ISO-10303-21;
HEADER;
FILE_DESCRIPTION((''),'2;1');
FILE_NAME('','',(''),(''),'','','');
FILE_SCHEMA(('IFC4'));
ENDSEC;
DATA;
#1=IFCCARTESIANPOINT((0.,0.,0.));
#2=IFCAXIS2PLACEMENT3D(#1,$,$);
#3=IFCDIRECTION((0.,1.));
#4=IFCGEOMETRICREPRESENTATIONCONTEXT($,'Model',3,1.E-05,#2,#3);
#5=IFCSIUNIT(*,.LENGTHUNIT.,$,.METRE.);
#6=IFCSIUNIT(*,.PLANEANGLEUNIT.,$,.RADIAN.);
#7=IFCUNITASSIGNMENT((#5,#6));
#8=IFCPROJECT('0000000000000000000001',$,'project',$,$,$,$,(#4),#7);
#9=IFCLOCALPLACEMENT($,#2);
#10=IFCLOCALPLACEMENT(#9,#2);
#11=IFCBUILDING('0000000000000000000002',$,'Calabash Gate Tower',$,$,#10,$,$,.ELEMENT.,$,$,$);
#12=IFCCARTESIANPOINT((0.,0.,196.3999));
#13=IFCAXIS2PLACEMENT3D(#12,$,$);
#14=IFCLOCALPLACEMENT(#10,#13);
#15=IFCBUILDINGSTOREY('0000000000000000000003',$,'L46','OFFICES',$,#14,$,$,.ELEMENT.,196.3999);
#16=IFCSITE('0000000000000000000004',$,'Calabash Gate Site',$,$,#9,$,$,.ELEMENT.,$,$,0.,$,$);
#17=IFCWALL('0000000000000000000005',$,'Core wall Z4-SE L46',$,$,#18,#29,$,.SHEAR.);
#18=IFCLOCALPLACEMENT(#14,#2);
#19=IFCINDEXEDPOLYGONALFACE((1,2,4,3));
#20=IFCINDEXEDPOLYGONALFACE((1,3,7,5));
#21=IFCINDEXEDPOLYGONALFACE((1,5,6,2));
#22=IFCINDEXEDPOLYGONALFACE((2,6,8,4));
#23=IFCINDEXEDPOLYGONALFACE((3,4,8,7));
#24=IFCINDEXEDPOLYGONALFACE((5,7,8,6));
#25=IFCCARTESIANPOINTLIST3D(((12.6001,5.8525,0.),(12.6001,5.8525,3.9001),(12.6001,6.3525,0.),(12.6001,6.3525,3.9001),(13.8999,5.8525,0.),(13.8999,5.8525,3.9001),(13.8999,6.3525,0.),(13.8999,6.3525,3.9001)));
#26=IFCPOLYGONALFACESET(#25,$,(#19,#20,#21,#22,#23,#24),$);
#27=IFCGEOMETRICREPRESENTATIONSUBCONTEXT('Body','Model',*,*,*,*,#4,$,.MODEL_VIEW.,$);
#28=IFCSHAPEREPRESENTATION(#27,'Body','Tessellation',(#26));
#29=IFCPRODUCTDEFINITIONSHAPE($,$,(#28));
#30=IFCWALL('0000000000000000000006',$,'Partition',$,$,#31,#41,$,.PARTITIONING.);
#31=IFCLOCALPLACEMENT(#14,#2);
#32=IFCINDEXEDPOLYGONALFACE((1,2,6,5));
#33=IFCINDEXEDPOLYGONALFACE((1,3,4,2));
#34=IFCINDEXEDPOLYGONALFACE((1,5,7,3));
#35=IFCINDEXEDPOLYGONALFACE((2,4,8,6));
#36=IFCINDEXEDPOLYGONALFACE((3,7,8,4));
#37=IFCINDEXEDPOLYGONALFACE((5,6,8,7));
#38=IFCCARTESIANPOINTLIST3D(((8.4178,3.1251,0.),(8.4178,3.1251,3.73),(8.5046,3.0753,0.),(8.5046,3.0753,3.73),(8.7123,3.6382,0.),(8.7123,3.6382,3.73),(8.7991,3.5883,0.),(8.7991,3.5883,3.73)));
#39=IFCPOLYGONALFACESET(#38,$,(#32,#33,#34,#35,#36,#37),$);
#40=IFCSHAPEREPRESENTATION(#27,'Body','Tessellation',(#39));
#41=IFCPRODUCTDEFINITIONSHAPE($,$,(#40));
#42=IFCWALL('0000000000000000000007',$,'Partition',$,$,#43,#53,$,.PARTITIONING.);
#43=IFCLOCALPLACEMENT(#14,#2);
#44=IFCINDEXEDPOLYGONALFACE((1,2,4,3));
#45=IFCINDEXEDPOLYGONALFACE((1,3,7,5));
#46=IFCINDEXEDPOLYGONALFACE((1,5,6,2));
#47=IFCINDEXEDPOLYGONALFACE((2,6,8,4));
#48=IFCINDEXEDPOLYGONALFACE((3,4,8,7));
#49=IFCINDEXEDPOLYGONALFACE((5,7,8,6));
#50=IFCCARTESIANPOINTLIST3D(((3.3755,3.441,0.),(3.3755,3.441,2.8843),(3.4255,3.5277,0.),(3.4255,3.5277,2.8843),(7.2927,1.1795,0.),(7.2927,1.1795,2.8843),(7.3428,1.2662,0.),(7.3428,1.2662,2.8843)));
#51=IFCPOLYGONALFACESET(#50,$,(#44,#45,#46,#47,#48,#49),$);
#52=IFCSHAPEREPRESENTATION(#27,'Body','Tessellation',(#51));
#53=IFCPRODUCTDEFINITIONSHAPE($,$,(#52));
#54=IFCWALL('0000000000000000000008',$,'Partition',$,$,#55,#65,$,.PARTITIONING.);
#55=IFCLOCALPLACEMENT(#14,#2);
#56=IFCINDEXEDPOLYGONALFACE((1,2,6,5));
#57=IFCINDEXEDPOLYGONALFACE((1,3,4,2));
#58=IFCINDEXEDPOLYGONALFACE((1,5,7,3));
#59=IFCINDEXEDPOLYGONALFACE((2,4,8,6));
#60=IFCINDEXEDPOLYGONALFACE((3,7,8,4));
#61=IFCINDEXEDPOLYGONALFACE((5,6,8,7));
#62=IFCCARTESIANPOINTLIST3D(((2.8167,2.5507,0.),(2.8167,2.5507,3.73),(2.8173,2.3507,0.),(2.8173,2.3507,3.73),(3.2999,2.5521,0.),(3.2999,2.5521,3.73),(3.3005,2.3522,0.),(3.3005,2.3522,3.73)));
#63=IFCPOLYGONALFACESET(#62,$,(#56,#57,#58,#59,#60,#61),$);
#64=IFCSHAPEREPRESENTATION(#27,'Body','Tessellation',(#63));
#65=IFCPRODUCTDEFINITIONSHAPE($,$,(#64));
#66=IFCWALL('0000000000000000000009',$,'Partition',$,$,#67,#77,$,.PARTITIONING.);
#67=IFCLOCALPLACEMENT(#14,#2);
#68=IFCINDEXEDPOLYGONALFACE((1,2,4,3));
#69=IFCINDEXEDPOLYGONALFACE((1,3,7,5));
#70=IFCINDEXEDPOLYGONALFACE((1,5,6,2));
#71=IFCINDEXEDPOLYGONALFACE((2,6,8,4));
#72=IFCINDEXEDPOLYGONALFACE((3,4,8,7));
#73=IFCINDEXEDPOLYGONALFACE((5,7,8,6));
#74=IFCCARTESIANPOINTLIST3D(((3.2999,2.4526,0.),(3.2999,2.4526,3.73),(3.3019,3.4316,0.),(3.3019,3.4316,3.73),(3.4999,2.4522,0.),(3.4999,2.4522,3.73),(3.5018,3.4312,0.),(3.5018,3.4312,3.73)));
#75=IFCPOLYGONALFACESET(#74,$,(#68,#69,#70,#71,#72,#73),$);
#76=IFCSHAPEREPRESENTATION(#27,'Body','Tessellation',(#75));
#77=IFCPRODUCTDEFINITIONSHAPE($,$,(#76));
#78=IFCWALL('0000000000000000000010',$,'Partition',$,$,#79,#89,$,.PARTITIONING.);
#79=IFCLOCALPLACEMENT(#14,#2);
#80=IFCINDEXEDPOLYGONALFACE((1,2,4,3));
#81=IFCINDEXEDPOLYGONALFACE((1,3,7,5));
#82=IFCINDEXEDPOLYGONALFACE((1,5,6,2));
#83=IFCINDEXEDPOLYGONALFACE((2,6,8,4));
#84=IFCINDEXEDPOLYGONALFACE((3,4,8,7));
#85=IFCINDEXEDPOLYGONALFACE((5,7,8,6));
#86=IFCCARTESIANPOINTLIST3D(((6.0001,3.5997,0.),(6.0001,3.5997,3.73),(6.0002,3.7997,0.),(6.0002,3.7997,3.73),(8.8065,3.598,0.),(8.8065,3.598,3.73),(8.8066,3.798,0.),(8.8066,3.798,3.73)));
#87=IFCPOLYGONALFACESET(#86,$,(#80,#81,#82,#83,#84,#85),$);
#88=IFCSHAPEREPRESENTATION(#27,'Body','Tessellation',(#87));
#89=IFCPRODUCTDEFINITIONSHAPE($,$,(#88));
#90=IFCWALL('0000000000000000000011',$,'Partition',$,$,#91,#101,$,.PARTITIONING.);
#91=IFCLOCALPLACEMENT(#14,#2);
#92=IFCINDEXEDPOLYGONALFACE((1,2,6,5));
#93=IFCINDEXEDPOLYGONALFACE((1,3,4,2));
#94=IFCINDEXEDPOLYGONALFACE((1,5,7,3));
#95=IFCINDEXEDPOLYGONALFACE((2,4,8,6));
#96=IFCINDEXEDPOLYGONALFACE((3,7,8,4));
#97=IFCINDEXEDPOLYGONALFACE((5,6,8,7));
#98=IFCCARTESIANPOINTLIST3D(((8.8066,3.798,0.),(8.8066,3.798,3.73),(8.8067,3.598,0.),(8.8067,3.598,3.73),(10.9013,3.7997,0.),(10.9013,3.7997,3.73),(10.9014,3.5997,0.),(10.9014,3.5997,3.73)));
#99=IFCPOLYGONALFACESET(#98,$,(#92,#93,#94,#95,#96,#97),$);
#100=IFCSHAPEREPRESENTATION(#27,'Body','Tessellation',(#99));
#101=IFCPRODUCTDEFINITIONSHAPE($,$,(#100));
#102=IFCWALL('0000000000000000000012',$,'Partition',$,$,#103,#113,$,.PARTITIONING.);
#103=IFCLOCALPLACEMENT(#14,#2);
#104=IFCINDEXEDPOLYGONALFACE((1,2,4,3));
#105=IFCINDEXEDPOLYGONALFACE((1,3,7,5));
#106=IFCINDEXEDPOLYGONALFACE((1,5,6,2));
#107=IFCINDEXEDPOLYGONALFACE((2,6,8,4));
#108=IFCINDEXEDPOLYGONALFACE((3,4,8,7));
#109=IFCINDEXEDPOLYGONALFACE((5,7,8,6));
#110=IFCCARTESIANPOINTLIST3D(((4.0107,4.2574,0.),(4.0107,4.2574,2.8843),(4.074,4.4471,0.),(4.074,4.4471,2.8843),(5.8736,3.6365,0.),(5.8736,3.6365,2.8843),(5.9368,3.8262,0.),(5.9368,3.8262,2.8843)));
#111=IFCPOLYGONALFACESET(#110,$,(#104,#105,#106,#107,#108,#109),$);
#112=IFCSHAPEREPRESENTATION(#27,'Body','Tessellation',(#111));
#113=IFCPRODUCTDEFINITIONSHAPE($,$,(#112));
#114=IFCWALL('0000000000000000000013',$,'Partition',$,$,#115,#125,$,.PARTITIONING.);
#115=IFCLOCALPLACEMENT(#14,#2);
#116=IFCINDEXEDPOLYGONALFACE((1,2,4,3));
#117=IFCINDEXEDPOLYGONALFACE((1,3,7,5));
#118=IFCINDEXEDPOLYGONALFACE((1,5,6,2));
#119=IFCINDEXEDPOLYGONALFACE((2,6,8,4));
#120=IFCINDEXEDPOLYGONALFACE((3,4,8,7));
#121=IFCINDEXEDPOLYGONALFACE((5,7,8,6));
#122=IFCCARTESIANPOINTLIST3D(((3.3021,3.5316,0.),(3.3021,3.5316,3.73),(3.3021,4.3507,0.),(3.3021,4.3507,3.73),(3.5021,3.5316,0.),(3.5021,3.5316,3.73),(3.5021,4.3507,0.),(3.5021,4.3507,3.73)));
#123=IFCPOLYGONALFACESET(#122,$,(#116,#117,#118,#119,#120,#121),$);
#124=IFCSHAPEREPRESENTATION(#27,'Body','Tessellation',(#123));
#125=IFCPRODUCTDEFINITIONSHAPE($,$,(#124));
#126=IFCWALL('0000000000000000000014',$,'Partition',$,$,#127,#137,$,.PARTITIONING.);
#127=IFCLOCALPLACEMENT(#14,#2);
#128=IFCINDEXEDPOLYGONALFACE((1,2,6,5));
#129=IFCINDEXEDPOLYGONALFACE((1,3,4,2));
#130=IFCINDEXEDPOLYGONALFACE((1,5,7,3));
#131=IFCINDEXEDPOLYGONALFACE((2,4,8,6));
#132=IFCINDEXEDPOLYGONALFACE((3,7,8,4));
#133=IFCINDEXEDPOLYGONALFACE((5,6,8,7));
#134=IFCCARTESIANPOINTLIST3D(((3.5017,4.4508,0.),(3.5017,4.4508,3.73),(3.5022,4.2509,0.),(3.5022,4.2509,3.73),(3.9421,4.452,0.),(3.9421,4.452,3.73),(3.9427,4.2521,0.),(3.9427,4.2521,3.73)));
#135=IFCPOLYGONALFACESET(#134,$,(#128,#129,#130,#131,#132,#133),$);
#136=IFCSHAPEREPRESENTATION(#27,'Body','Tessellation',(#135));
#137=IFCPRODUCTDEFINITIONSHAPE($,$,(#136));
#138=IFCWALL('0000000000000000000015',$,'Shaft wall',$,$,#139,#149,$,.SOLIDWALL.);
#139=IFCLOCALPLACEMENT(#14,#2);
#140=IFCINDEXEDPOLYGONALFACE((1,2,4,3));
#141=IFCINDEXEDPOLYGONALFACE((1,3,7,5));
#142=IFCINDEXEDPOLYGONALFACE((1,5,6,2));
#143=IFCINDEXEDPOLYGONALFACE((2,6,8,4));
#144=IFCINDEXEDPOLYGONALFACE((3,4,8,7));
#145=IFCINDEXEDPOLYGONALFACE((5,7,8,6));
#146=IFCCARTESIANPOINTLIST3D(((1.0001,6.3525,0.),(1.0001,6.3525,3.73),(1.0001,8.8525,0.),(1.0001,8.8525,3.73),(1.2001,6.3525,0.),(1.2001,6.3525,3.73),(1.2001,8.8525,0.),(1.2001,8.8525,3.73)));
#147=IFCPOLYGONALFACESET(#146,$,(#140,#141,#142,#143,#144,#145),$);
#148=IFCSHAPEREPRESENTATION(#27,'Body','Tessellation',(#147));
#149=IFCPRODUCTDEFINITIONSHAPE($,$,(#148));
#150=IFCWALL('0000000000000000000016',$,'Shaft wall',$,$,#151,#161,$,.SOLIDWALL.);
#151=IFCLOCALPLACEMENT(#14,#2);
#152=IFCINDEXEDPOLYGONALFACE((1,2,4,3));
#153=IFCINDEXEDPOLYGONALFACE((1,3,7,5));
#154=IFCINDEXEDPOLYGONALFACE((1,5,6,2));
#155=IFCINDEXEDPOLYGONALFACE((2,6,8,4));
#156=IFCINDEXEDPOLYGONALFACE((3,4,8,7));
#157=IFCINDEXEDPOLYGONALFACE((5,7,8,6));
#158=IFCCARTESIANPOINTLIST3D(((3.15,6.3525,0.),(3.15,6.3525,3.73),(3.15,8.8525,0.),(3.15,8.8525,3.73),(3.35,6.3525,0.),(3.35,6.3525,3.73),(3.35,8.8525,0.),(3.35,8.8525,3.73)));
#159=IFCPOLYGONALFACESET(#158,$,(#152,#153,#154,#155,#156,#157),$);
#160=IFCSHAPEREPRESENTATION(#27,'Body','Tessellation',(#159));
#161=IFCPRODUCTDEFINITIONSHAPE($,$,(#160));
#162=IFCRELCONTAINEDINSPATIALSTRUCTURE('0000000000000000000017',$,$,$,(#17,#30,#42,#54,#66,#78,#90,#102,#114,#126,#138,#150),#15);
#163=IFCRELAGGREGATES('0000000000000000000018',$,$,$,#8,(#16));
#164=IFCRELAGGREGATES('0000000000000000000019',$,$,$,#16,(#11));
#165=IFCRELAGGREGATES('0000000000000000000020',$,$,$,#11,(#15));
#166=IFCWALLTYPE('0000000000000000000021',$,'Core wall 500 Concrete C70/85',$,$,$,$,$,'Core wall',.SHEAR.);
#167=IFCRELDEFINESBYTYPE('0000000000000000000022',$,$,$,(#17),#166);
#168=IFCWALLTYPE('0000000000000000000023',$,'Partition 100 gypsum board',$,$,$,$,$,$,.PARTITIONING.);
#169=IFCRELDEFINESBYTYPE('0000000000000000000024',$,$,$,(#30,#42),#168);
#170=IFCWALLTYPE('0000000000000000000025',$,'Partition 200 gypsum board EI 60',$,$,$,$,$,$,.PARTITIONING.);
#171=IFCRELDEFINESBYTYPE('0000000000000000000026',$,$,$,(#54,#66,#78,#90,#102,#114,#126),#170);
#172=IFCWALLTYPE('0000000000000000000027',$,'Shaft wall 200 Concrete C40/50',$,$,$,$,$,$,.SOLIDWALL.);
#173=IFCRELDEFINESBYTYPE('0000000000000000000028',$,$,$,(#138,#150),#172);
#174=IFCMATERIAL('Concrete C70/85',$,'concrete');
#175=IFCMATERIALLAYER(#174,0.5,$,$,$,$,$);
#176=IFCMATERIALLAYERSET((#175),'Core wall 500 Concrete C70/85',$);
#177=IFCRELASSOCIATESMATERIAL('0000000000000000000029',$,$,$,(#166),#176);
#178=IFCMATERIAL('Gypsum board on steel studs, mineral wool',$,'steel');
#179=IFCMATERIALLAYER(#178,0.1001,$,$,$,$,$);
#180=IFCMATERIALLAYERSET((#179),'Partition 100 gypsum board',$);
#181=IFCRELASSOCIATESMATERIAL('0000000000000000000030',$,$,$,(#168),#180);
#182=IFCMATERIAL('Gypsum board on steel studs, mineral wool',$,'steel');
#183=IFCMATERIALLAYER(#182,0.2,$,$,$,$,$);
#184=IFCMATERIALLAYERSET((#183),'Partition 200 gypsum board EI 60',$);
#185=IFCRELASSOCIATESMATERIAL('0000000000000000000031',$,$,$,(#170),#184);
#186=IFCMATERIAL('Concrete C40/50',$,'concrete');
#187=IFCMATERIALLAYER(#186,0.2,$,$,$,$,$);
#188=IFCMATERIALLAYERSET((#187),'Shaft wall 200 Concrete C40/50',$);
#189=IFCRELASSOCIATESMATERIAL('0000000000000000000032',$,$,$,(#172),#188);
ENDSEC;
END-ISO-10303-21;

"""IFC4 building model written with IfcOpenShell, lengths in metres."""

from ifc_helpers import new_model, si_unit, direction, frame, frame_2d, origin, place, context, subcontext, project, spatial, rectangle, extrude, material, layer, layer_set, type_object, element, save


model = new_model("IFC4")

# Units and contexts
model_context = context("Model", 3, precision=1e-05, world=origin(), true_north=direction((0.0, 1.0)))
body_context = subcontext(model_context, "Body", "Model", "MODEL_VIEW")
ifc_project = project(units=[si_unit("LENGTHUNIT", "METRE"), si_unit("PLANEANGLEUNIT", "RADIAN")], contexts=[model_context])

# Site, building, storey
site_placement = place(None, origin())
site = spatial("IfcSite", under=ifc_project, at=site_placement, Name="Calabash Gate Site", CompositionType="ELEMENT", RefElevation=0.0)
building_placement = place(site_placement, origin())
building = spatial("IfcBuilding", under=site, at=building_placement, Name="Calabash Gate Tower", CompositionType="ELEMENT")
storey_placement = place(building_placement, frame((0.0, 0.0, 196.3999)))
storey = spatial("IfcBuildingStorey", under=building, at=storey_placement, Name="L46", Description="OFFICES", CompositionType="ELEMENT", Elevation=196.3999)

# Shared definitions
ifc_material_1 = material(Name="Concrete C70/85", Category="concrete")
ifc_layer_1 = layer(ifc_material_1, 0.5)
ifc_layer_set_1 = layer_set([ifc_layer_1], Name="Core wall 500 Concrete C70/85")
wall_type_1 = type_object("IfcWallType", Name="Core wall 500 Concrete C70/85", ElementType="Core wall", PredefinedType="SHEAR", material=ifc_layer_set_1)

# Walls
wall_1_placement = place(storey_placement, frame((12.6001, 6.1025, 0.0), z_axis=(0.0, 0.0, 1.0), x_axis=(1.0, 0.0, 0.0)))
element("IfcWall", 1, at=wall_1_placement, inside=storey, type_object=wall_type_1, Name="Core wall Z4-SE L46", PredefinedType="SHEAR", context=body_context, shape_type="SweptSolid", body=[
    extrude(rectangle(XDim=1.2998, YDim=0.5, at=frame_2d((0.6499, 0.0))), origin(), (0.0, 0.0, 1.0), 3.9001),
])
ifc_material_2 = material(Name="Gypsum board on steel studs, mineral wool", Category="steel")
ifc_layer_2 = layer(ifc_material_2, 0.1001)
ifc_layer_set_2 = layer_set([ifc_layer_2], Name="Partition 100 gypsum board")
wall_type_2 = type_object("IfcWallType", Name="Partition 100 gypsum board", PredefinedType="PARTITIONING", material=ifc_layer_set_2)
wall_2_placement = place(storey_placement, frame((8.4612, 3.1001, 0.0), z_axis=(0.0, 0.0, 1.0), x_axis=(0.497827, 0.867276, 0.0)))
element("IfcWall", 2, at=wall_2_placement, inside=storey, type_object=wall_type_2, Name="Partition", PredefinedType="PARTITIONING", context=body_context, shape_type="SweptSolid", body=[
    extrude(rectangle(XDim=0.5916, YDim=0.1001, at=frame_2d((0.2959, 0.0))), origin(), (0.0, 0.0, 1.0), 3.73),
])
wall_3_placement = place(storey_placement, frame((3.4004, 3.4844, 0.0), z_axis=(0.0, 0.0, 1.0), x_axis=(0.866039, -0.499976, 0.0)))
element("IfcWall", 3, at=wall_3_placement, inside=storey, type_object=wall_type_2, Name="Partition", PredefinedType="PARTITIONING", context=body_context, shape_type="SweptSolid", body=[
    extrude(rectangle(XDim=4.5232, YDim=0.1001, at=frame_2d((2.2617, 0.0))), origin(), (0.0, 0.0, 1.0), 2.8843),
])
ifc_material_3 = material(Name="Gypsum board on steel studs, mineral wool", Category="steel")
ifc_layer_3 = layer(ifc_material_3, 0.2)
ifc_layer_set_3 = layer_set([ifc_layer_3], Name="Partition 200 gypsum board EI 60")
wall_type_3 = type_object("IfcWallType", Name="Partition 200 gypsum board EI 60", PredefinedType="PARTITIONING", material=ifc_layer_set_3)
wall_4_placement = place(storey_placement, frame((2.8169, 2.4507, 0.0), z_axis=(0.0, 0.0, 1.0), x_axis=(0.999995, 0.003032, 0.0)))
element("IfcWall", 4, at=wall_4_placement, inside=storey, type_object=wall_type_3, Name="Partition", PredefinedType="PARTITIONING", context=body_context, shape_type="SweptSolid", body=[
    extrude(rectangle(XDim=0.4832, YDim=0.2, at=frame_2d((0.2417, 0.0))), origin(), (0.0, 0.0, 1.0), 3.73),
])
wall_5_placement = place(storey_placement, frame((3.3999, 2.4524, 0.0), z_axis=(0.0, 0.0, 1.0), x_axis=(0.001995, 0.999998, 0.0)))
element("IfcWall", 5, at=wall_5_placement, inside=storey, type_object=wall_type_3, Name="Partition", PredefinedType="PARTITIONING", context=body_context, shape_type="SweptSolid", body=[
    extrude(rectangle(XDim=0.979, YDim=0.2, at=frame_2d((0.4895, 0.0))), origin(), (0.0, 0.0, 1.0), 3.73),
])
wall_6_placement = place(storey_placement, frame((6.0, 3.6997, 0.0), z_axis=(0.0, 0.0, 1.0), x_axis=(1.0, -0.000609, 0.0)))
element("IfcWall", 6, at=wall_6_placement, inside=storey, type_object=wall_type_3, Name="Partition", PredefinedType="PARTITIONING", context=body_context, shape_type="SweptSolid", body=[
    extrude(rectangle(XDim=2.8064, YDim=0.2, at=frame_2d((1.4033, 0.0))), origin(), (0.0, 0.0, 1.0), 3.73),
])
wall_7_placement = place(storey_placement, frame((8.8066, 3.698, 0.0), z_axis=(0.0, 0.0, 1.0), x_axis=(1.0, 0.000816, 0.0)))
element("IfcWall", 7, at=wall_7_placement, inside=storey, type_object=wall_type_3, Name="Partition", PredefinedType="PARTITIONING", context=body_context, shape_type="SweptSolid", body=[
    extrude(rectangle(XDim=2.0947, YDim=0.2, at=frame_2d((1.0474, 0.0))), origin(), (0.0, 0.0, 1.0), 3.73),
])
wall_8_placement = place(storey_placement, frame((4.0422, 4.3523, 0.0), z_axis=(0.0, 0.0, 1.0), x_axis=(0.948696, -0.31619, 0.0)))
element("IfcWall", 8, at=wall_8_placement, inside=storey, type_object=wall_type_3, Name="Partition", PredefinedType="PARTITIONING", context=body_context, shape_type="SweptSolid", body=[
    extrude(rectangle(XDim=1.9636, YDim=0.2, at=frame_2d((0.9819, 0.0))), origin(), (0.0, 0.0, 1.0), 2.8843),
])
wall_9_placement = place(storey_placement, frame((3.4021, 3.5315, 0.0), z_axis=(0.0, 0.0, 1.0), x_axis=(0.0, 1.0, 0.0)))
element("IfcWall", 9, at=wall_9_placement, inside=storey, type_object=wall_type_3, Name="Partition", PredefinedType="PARTITIONING", context=body_context, shape_type="SweptSolid", body=[
    extrude(rectangle(XDim=0.8191, YDim=0.2, at=frame_2d((0.4097, 0.0))), origin(), (0.0, 0.0, 1.0), 3.73),
])
wall_10_placement = place(storey_placement, frame((3.502, 4.3508, 0.0), z_axis=(0.0, 0.0, 1.0), x_axis=(0.999996, 0.002772, 0.0)))
element("IfcWall", 10, at=wall_10_placement, inside=storey, type_object=wall_type_3, Name="Partition", PredefinedType="PARTITIONING", context=body_context, shape_type="SweptSolid", body=[
    extrude(rectangle(XDim=0.4404, YDim=0.2, at=frame_2d((0.2202, 0.0))), origin(), (0.0, 0.0, 1.0), 3.73),
])
ifc_material_4 = material(Name="Concrete C40/50", Category="concrete")
ifc_layer_4 = layer(ifc_material_4, 0.2)
ifc_layer_set_4 = layer_set([ifc_layer_4], Name="Shaft wall 200 Concrete C40/50")
wall_type_4 = type_object("IfcWallType", Name="Shaft wall 200 Concrete C40/50", PredefinedType="SOLIDWALL", material=ifc_layer_set_4)
for number, where, z_axis, x_axis, name in (
    (11, (1.1001, 6.3525, 0.0), (0.0, 0.0, 1.0), (0.0, 1.0, 0.0), "Shaft wall"),
    (12, (3.25, 6.3525, 0.0), (0.0, 0.0, 1.0), (0.0, 1.0, 0.0), "Shaft wall"),
):
    element("IfcWall", number, at=place(storey_placement, frame(where, z_axis=z_axis, x_axis=x_axis)), inside=storey, type_object=wall_type_4, Name=name, PredefinedType="SOLIDWALL", context=body_context, shape_type="SweptSolid", body=[
        extrude(rectangle(XDim=2.5, YDim=0.2, at=frame_2d((1.25, 0.0))), origin(), (0.0, 0.0, 1.0), 3.73),
    ])

save(model, "model.ifc")
